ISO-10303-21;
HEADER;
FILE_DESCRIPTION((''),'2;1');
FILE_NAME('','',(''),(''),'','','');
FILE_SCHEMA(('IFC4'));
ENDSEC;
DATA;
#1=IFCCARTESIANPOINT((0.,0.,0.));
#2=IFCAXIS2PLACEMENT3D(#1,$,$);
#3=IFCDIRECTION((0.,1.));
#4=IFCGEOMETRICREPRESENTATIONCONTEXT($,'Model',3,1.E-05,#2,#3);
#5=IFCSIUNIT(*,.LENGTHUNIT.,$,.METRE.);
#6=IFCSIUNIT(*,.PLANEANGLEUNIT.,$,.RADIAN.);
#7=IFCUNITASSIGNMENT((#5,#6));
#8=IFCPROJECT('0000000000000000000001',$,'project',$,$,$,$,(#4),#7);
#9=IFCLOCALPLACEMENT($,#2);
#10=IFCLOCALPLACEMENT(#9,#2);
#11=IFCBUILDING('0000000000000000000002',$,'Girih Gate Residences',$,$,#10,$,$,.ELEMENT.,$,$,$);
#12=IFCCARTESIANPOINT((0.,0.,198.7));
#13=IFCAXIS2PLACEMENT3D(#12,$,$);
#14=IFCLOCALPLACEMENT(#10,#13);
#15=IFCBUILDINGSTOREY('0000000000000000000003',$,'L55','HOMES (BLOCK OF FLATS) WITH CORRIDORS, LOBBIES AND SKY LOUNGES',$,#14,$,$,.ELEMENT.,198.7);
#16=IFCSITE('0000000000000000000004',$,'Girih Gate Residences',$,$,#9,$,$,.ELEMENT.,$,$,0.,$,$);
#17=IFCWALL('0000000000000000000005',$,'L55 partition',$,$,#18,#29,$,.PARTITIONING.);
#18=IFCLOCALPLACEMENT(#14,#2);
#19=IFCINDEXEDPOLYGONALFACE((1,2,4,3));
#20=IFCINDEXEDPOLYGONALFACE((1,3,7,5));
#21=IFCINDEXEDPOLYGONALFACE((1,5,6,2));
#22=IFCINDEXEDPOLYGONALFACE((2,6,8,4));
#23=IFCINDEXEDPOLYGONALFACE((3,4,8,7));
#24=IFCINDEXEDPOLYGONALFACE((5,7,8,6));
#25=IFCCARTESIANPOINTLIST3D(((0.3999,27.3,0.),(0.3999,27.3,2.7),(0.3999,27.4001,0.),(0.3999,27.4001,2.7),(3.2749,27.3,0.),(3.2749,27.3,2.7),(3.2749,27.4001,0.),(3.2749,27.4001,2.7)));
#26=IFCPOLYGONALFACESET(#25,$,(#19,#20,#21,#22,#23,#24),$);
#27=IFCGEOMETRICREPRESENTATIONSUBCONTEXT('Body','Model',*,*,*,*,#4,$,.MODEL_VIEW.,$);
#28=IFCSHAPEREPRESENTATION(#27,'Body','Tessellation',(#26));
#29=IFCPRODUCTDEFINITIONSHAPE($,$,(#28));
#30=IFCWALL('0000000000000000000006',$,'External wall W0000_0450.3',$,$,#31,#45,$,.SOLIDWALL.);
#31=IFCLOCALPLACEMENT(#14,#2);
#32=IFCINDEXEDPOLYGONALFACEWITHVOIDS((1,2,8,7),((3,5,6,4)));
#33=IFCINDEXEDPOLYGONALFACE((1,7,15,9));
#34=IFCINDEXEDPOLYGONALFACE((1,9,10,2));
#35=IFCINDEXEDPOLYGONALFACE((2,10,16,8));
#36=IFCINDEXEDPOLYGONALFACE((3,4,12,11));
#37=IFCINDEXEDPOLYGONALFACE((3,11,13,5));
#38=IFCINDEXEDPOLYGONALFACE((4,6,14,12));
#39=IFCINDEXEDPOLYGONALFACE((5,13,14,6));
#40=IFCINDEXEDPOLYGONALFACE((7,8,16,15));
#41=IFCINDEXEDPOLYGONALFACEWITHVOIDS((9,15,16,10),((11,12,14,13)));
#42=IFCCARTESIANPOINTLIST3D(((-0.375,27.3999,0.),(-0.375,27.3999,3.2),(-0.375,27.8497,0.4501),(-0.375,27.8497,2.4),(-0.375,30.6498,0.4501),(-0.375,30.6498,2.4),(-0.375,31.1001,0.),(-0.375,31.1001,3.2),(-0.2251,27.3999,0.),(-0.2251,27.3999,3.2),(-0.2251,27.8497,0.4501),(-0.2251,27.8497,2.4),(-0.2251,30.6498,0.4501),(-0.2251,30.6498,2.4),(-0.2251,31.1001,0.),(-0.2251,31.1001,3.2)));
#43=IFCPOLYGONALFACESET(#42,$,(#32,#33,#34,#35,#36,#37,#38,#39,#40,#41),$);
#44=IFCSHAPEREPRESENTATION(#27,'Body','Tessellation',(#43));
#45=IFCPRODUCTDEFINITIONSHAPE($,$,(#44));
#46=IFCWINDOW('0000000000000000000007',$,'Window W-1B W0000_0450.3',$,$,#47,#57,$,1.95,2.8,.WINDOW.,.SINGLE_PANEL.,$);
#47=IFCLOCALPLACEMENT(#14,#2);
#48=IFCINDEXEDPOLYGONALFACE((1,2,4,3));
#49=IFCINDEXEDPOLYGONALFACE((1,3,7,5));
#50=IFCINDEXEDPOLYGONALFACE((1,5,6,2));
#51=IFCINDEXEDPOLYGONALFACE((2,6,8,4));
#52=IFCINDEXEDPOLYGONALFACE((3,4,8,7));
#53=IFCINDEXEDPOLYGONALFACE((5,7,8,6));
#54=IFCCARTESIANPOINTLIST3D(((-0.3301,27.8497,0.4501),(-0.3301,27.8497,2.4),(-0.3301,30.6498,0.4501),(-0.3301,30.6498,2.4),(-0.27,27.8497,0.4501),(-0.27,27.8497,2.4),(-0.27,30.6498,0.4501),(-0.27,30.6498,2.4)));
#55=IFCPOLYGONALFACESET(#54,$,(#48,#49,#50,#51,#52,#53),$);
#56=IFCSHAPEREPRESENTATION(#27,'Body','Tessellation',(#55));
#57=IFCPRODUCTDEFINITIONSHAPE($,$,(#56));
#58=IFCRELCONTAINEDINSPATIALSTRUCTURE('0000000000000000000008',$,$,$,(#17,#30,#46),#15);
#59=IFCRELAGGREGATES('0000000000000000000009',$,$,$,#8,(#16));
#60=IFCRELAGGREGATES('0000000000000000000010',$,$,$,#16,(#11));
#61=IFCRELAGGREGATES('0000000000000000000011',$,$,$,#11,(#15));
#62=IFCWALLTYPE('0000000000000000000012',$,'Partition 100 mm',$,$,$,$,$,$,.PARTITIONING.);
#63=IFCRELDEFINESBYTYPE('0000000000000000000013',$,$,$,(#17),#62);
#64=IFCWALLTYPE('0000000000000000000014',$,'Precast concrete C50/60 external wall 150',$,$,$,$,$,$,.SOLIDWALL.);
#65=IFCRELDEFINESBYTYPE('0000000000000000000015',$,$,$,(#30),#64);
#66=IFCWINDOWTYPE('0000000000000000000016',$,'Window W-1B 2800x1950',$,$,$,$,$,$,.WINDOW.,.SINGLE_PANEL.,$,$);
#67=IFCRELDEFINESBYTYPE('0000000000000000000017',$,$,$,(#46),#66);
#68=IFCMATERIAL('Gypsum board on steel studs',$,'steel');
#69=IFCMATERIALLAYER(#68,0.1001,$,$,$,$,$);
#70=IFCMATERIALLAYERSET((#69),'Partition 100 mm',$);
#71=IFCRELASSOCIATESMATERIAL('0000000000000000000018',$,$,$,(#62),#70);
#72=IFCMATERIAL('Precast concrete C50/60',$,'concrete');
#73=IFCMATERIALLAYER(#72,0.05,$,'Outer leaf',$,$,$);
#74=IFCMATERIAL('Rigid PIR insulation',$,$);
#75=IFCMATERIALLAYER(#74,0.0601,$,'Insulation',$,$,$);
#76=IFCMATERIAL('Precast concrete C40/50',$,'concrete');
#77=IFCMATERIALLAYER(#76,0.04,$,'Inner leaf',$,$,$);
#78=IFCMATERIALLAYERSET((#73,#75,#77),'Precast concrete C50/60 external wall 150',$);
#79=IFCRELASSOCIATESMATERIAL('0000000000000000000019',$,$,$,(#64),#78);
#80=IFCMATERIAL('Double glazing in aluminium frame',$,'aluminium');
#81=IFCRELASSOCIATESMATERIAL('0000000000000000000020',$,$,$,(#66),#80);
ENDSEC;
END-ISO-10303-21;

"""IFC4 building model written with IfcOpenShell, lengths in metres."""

from ifc_helpers import new_model, si_unit, direction, frame, frame_2d, origin, place, context, subcontext, project, spatial, rectangle, extrude, material, layer, layer_set, type_object, element, fill, save


model = new_model("IFC4")

# Units and contexts
model_context = context("Model", 3, precision=1e-05, world=origin(), true_north=direction((0.0, 1.0)))
body_context = subcontext(model_context, "Body", "Model", "MODEL_VIEW")
ifc_project = project(units=[si_unit("LENGTHUNIT", "METRE"), si_unit("PLANEANGLEUNIT", "RADIAN")], contexts=[model_context])

# Site, building, storey
site_placement = place(None, origin())
site = spatial("IfcSite", under=ifc_project, at=site_placement, Name="Girih Gate Residences", CompositionType="ELEMENT", RefElevation=0.0)
building_placement = place(site_placement, origin())
building = spatial("IfcBuilding", under=site, at=building_placement, Name="Girih Gate Residences", CompositionType="ELEMENT")
storey_placement = place(building_placement, frame((0.0, 0.0, 198.7)))
storey = spatial("IfcBuildingStorey", under=building, at=storey_placement, Name="L55", Description="HOMES (BLOCK OF FLATS) WITH CORRIDORS, LOBBIES AND SKY LOUNGES", CompositionType="ELEMENT", Elevation=198.7)

# Shared definitions
ifc_material_1 = material(Name="Gypsum board on steel studs", Category="steel")

# Wall
ifc_layer_1 = layer(ifc_material_1, 0.1001)
ifc_layer_set_1 = layer_set([ifc_layer_1], Name="Partition 100 mm")
wall_type_1 = type_object("IfcWallType", Name="Partition 100 mm", PredefinedType="PARTITIONING", material=ifc_layer_set_1)
wall_1_placement = place(storey_placement, frame((0.3999, 27.3501, 0.0), z_axis=(0.0, 0.0, 1.0), x_axis=(1.0, 0.0, 0.0)))
element("IfcWall", 1, at=wall_1_placement, inside=storey, type_object=wall_type_1, Name="L55 partition", PredefinedType="PARTITIONING", context=body_context, shape_type="SweptSolid", body=[
    extrude(rectangle(XDim=2.875, YDim=0.1001, at=frame_2d((1.4375, 0.0))), origin(), (0.0, 0.0, 1.0), 2.7),
])

# Wall, opening, window
ifc_material_2 = material(Name="Precast concrete C50/60", Category="concrete")
ifc_layer_2 = layer(ifc_material_2, 0.05, Name="Outer leaf")
ifc_material_3 = material(Name="Rigid PIR insulation")
ifc_layer_3 = layer(ifc_material_3, 0.0601, Name="Insulation")
ifc_material_4 = material(Name="Precast concrete C40/50", Category="concrete")
ifc_layer_4 = layer(ifc_material_4, 0.04, Name="Inner leaf")
ifc_layer_set_2 = layer_set([ifc_layer_2, ifc_layer_3, ifc_layer_4], Name="Precast concrete C50/60 external wall 150")
wall_type_2 = type_object("IfcWallType", Name="Precast concrete C50/60 external wall 150", PredefinedType="SOLIDWALL", material=ifc_layer_set_2)
wall_2_placement = place(storey_placement, frame((-0.3, 27.3999, 0.0), z_axis=(0.0, 0.0, 1.0), x_axis=(0.0, 1.0, 0.0)))
wall_2 = element("IfcWall", 2, at=wall_2_placement, inside=storey, type_object=wall_type_2, Name="External wall W0000_0450.3", PredefinedType="SOLIDWALL", context=body_context, shape_type="SweptSolid", body=[
    extrude(rectangle(XDim=3.7002, YDim=0.1499, at=frame_2d((1.8501, 0.0))), origin(), (0.0, 0.0, 1.0), 3.2),
])
opening_1_placement = place(wall_2_placement, frame((0.45, 0.0, 0.45)))
opening_1 = element("IfcOpeningElement", 3, at=opening_1_placement, cuts=wall_2, PredefinedType="OPENING", context=body_context, shape_type="SweptSolid", body=[
    extrude(rectangle(XDim=2.8, YDim=1.95, at=frame_2d((1.3999, 0.9751))), frame((0.0, 0.085, 0.0), z_axis=(0.0, -1.0, 0.0), x_axis=(1.0, 0.0, 0.0)), (0.0, 0.0, 1.0), 0.1699),
])
ifc_material_5 = material(Name="Double glazing in aluminium frame", Category="aluminium")
window_type = type_object("IfcWindowType", Name="Window W-1B 2800x1950", PartitioningType="SINGLE_PANEL", PredefinedType="WINDOW", material=ifc_material_5)
window_placement = place(opening_1_placement, origin())
window = element("IfcWindow", 4, at=window_placement, inside=storey, type_object=window_type, Name="Window W-1B W0000_0450.3", OverallHeight=1.95, OverallWidth=2.8, PartitioningType="SINGLE_PANEL", PredefinedType="WINDOW", context=body_context, shape_type="SweptSolid", body=[
    extrude(rectangle(XDim=2.8, YDim=1.95, at=frame_2d((1.3999, 0.9751))), frame((0.0, 0.03, 0.0), z_axis=(0.0, -1.0, 0.0), x_axis=(1.0, 0.0, 0.0)), (0.0, 0.0, 1.0), 0.0601),
])
fill(opening_1, window)

save(model, "model.ifc")
